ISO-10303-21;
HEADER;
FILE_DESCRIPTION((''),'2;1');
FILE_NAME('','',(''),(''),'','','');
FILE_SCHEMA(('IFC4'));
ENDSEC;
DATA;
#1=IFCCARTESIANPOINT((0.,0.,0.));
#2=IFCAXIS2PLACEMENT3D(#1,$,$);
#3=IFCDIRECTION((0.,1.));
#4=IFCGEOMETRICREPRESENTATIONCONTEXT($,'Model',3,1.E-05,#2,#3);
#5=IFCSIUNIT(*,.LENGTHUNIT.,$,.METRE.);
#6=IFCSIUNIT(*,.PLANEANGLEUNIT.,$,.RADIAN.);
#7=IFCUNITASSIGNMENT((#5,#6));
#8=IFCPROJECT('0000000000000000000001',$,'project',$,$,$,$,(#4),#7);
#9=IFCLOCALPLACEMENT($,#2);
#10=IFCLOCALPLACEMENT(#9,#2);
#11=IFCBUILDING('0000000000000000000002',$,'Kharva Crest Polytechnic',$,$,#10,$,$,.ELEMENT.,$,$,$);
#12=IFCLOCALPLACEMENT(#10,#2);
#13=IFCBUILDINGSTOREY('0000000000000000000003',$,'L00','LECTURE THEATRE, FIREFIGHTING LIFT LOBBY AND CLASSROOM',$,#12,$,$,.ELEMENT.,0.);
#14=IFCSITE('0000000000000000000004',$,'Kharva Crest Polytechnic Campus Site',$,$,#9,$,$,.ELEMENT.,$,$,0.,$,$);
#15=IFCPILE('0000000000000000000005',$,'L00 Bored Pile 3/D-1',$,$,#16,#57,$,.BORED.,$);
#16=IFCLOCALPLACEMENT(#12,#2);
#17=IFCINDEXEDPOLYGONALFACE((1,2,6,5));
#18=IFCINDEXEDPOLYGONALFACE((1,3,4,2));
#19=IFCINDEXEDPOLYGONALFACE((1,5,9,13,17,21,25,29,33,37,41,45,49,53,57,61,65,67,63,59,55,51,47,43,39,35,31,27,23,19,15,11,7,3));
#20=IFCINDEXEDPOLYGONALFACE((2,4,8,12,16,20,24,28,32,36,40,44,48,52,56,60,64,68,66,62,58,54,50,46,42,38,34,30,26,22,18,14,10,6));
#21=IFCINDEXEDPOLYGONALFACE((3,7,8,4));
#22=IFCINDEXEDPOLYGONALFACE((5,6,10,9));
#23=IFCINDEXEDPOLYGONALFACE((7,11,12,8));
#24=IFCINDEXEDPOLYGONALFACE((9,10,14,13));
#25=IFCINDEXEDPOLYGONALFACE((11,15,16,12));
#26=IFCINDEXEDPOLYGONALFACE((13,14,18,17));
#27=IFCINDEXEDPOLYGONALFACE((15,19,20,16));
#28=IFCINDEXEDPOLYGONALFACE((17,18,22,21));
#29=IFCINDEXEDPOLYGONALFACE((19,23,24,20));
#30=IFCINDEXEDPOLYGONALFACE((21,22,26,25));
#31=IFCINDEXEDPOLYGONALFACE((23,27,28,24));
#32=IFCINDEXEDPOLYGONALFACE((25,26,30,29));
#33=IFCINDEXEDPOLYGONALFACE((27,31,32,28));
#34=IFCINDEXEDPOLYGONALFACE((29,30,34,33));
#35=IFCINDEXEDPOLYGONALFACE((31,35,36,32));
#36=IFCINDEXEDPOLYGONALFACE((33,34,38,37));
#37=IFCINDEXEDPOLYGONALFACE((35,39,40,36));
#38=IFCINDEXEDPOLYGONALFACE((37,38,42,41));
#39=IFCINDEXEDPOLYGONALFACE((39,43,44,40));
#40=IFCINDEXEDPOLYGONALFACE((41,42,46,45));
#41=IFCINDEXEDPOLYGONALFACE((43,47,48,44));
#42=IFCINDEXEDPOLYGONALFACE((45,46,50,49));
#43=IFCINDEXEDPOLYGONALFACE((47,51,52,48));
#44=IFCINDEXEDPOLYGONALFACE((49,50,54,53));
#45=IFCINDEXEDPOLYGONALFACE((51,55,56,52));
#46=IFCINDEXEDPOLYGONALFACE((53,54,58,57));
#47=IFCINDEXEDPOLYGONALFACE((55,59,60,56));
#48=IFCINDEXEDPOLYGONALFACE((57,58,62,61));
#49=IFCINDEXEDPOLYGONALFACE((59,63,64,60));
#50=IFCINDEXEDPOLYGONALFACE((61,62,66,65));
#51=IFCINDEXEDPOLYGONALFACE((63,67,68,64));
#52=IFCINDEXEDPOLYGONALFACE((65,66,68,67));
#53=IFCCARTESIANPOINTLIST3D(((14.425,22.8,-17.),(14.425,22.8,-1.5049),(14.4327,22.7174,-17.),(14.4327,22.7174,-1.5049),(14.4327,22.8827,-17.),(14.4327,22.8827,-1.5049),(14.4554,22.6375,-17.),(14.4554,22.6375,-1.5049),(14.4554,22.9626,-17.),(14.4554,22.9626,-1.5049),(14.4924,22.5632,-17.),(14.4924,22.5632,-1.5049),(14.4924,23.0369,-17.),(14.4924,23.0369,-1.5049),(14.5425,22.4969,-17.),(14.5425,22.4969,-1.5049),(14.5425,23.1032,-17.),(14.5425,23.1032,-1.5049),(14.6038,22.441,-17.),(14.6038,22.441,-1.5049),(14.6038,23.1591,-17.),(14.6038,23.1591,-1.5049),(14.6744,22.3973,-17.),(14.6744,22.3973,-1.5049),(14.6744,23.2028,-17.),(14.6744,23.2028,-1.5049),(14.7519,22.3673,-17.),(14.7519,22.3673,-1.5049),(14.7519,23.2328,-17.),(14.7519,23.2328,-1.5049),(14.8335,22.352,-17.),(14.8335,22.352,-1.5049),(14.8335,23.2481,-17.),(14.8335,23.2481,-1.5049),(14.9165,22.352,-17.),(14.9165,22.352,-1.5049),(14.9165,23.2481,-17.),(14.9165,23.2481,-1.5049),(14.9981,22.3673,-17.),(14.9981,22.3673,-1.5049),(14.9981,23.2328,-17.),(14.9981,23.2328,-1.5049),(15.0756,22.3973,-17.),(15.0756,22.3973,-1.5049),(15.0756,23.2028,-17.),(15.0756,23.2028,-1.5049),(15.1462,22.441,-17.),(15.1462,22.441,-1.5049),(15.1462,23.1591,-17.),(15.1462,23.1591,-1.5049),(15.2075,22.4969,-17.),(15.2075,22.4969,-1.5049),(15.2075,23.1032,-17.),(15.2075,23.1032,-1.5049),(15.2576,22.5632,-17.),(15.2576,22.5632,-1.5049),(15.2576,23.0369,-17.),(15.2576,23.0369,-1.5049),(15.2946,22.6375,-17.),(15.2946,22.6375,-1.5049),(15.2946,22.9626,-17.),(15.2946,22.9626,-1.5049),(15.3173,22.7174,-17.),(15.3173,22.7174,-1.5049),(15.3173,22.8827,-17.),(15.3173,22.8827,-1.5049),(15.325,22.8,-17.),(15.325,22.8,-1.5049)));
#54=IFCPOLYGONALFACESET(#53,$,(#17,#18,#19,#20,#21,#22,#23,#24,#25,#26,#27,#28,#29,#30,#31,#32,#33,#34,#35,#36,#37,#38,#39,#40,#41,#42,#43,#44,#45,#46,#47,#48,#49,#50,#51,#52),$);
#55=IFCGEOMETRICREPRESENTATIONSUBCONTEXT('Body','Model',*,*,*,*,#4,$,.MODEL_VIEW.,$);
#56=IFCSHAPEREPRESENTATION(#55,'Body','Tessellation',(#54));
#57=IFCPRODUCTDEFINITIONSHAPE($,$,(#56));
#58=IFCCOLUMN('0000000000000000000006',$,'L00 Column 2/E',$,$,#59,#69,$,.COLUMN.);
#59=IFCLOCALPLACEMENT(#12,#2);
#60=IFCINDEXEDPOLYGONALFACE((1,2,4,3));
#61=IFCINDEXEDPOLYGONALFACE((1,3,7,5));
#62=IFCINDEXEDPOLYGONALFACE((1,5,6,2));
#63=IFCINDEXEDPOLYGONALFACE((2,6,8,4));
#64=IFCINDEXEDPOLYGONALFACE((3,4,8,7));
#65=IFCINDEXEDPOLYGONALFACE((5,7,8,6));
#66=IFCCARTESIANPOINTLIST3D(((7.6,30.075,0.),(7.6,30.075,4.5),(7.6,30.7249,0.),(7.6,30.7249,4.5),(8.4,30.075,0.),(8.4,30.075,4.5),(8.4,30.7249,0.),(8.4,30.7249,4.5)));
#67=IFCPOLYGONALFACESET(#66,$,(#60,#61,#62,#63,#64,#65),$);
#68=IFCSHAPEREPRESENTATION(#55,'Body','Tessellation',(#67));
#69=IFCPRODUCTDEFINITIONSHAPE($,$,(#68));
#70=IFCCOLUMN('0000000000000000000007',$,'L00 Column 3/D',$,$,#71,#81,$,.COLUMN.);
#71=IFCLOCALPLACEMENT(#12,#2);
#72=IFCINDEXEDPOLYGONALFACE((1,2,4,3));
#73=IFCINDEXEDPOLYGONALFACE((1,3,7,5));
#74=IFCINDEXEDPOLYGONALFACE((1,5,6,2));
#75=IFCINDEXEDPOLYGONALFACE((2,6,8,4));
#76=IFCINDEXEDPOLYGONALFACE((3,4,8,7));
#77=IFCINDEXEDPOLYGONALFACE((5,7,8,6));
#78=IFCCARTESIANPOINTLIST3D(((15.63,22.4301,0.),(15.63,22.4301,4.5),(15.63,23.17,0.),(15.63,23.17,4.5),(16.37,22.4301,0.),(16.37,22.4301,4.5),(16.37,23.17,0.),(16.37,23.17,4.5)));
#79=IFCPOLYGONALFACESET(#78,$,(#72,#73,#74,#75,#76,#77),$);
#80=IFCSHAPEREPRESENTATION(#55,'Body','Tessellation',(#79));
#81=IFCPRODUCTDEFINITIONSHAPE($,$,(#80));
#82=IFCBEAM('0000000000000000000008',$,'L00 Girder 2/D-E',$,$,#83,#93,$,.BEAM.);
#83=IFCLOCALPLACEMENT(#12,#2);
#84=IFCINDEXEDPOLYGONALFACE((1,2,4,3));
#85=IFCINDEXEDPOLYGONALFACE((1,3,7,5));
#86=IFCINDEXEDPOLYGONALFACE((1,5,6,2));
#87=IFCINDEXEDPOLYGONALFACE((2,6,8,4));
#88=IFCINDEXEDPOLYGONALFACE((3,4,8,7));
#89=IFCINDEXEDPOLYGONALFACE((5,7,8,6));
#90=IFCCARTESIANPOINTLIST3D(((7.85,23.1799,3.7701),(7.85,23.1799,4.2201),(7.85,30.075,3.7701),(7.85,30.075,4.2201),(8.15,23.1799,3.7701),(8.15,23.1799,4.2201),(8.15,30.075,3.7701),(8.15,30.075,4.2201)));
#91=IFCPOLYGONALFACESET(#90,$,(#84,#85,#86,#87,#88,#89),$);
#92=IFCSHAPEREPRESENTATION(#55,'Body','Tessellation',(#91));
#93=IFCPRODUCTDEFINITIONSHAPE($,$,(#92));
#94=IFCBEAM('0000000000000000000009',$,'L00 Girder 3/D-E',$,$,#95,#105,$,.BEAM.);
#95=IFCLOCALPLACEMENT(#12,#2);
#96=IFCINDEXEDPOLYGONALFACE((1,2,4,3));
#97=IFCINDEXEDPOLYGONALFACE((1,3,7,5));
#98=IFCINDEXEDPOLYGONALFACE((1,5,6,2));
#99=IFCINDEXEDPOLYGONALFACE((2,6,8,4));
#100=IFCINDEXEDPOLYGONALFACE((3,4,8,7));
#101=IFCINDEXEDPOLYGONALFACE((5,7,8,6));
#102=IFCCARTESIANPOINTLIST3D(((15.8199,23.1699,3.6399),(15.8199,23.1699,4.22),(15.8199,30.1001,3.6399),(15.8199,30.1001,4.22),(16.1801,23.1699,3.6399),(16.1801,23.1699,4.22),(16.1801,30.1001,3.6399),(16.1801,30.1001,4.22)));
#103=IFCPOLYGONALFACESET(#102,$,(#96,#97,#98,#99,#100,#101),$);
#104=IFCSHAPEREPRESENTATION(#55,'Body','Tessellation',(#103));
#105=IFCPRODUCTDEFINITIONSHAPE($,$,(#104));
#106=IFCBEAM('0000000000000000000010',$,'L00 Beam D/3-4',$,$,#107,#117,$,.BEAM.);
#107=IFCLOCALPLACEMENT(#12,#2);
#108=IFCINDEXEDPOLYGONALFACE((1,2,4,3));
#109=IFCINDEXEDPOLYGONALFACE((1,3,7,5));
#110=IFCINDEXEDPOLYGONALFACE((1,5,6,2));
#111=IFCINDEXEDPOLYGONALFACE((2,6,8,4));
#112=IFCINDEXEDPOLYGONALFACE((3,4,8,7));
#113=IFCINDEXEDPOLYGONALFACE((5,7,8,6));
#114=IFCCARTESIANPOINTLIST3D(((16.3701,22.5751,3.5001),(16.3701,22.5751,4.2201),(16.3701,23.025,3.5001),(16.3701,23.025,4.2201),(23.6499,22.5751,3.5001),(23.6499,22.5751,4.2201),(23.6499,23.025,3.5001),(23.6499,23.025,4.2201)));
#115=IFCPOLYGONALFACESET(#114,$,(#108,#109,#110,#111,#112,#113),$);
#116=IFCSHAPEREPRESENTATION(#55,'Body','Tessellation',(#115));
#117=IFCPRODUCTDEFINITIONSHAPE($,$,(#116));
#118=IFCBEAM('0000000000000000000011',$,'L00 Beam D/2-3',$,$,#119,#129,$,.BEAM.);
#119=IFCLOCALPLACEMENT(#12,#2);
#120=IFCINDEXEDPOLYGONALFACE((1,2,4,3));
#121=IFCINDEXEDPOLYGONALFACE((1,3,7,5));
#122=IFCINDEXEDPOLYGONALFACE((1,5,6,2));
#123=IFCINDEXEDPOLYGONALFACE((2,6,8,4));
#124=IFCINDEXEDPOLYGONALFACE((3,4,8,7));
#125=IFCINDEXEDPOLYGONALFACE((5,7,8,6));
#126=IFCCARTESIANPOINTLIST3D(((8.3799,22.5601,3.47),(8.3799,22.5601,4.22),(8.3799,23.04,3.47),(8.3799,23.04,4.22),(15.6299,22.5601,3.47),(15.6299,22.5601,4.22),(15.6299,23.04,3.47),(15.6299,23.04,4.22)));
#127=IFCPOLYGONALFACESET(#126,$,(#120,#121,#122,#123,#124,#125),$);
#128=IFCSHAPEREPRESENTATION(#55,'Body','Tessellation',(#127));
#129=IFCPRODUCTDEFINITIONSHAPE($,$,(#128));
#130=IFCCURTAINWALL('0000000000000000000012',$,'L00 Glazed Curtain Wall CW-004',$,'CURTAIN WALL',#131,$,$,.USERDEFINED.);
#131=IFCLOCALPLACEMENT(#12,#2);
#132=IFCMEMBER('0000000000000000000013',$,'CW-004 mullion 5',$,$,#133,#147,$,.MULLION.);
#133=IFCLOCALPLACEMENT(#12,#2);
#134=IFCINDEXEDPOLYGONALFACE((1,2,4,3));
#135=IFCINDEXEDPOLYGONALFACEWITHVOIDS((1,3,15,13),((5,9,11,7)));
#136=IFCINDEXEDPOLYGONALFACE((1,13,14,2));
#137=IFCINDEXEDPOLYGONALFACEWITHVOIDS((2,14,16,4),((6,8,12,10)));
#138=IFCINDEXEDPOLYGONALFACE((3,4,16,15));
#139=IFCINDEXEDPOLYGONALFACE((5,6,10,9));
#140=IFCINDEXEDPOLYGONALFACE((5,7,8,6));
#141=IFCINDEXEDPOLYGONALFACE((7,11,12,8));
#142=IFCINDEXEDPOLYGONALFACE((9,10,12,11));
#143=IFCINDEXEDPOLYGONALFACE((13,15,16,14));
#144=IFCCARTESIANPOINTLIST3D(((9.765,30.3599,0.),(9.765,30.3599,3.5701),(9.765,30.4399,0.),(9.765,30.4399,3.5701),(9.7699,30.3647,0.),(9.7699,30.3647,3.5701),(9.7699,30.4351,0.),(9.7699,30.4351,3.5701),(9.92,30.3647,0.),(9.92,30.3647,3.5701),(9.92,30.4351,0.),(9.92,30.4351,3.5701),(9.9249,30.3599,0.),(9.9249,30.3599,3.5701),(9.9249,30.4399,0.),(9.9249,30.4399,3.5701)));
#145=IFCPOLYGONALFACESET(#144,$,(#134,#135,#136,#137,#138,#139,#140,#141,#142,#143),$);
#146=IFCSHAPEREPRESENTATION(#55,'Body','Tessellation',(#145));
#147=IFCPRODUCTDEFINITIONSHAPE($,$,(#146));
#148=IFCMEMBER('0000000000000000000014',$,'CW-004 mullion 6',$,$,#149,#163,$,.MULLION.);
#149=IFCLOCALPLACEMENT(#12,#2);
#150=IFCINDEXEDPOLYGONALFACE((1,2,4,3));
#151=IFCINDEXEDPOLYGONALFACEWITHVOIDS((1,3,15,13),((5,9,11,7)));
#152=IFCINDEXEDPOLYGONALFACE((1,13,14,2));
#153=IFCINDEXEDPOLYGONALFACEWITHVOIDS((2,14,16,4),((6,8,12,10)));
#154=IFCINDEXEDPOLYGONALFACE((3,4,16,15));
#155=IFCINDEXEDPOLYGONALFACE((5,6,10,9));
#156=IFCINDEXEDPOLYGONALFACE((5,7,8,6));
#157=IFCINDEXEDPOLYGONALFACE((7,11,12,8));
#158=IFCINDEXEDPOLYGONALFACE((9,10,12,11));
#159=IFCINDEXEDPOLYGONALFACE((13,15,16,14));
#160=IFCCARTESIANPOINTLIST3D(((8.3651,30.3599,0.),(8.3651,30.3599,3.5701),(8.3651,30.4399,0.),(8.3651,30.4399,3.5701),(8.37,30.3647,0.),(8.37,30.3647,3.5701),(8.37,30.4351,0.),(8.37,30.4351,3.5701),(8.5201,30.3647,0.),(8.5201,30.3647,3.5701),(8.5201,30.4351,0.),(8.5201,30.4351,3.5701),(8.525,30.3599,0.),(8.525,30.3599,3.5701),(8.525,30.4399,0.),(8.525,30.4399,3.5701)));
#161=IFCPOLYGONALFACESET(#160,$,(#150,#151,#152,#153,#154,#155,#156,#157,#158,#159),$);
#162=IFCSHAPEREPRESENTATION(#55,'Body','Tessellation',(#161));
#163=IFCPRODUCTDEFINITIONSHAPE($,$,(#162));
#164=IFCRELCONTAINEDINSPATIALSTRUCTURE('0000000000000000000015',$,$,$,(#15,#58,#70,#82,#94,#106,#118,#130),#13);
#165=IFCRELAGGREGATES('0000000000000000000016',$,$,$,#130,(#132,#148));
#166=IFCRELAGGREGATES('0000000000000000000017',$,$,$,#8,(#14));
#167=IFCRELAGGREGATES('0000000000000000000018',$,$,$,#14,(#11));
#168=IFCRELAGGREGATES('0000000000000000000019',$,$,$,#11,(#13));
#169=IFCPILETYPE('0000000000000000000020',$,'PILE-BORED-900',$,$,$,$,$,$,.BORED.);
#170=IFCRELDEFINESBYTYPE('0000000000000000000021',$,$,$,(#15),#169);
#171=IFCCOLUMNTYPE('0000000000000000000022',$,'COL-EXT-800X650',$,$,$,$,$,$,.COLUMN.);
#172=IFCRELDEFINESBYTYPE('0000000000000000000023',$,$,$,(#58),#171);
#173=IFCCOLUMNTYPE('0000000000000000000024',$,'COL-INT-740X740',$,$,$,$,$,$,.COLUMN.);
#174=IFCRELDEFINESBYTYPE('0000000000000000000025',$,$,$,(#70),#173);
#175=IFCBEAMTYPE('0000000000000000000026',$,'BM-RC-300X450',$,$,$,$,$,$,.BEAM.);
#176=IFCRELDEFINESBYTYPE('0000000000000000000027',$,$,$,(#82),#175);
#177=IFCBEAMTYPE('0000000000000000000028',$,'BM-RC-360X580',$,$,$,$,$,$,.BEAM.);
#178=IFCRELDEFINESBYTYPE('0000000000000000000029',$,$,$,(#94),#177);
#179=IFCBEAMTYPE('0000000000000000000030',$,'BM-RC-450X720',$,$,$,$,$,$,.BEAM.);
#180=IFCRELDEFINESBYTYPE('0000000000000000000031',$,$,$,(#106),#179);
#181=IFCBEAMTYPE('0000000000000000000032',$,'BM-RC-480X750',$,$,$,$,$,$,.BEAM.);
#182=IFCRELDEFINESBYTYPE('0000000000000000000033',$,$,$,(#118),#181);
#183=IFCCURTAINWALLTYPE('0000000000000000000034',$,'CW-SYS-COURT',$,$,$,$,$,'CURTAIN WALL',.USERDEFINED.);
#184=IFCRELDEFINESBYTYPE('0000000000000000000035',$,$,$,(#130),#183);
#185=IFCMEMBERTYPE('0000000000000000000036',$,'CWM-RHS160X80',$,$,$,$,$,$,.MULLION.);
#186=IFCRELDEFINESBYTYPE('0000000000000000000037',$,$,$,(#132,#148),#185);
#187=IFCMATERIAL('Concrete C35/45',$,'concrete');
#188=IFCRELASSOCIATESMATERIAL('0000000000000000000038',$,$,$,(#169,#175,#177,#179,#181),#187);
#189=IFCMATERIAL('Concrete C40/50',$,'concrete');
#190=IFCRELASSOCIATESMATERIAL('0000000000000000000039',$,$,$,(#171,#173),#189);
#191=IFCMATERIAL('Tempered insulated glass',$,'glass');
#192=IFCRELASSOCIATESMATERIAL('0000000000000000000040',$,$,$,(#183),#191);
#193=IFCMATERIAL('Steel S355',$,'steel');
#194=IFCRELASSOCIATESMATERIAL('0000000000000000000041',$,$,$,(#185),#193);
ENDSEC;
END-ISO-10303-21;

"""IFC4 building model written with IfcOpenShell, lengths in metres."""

from ifc_helpers import new_model, si_unit, direction, frame, origin, origin_2d, place, context, subcontext, project, spatial, rectangle, hollow_rectangle, circle, extrude, material, material_profile, profile_set, type_object, element, aggregate, save


model = new_model("IFC4")

# Units and contexts
model_context = context("Model", 3, precision=1e-05, world=origin(), true_north=direction((0.0, 1.0)))
body_context = subcontext(model_context, "Body", "Model", "MODEL_VIEW")
ifc_project = project(units=[si_unit("LENGTHUNIT", "METRE"), si_unit("PLANEANGLEUNIT", "RADIAN")], contexts=[model_context])

# Site, building, storey
site_placement = place(None, origin())
site = spatial("IfcSite", under=ifc_project, at=site_placement, Name="Kharva Crest Polytechnic Campus Site", CompositionType="ELEMENT", RefElevation=0.0)
building_placement = place(site_placement, origin())
building = spatial("IfcBuilding", under=site, at=building_placement, Name="Kharva Crest Polytechnic", CompositionType="ELEMENT")
storey_placement = place(building_placement, origin())
storey = spatial("IfcBuildingStorey", under=building, at=storey_placement, Name="L00", Description="LECTURE THEATRE, FIREFIGHTING LIFT LOBBY AND CLASSROOM", CompositionType="ELEMENT", Elevation=0.0)

# Shared definitions
ifc_material_1 = material(Name="Concrete C35/45", Category="concrete")

# Pile
ifc_material_profile_1 = material_profile(ifc_material_1, circle(Radius=0.45, at=origin_2d()), Name="DIA 900")
ifc_profile_set_1 = profile_set([ifc_material_profile_1], Name="Concrete C35/45")
pile_type_1 = type_object("IfcPileType", Name="PILE-BORED-900", PredefinedType="BORED", material=ifc_profile_set_1)
for number, where, z_axis, x_axis, name in (
    (1, (14.875, 22.8, -1.5049), (0.0, 0.0, -1.0), (1.0, 0.0, 0.0), "L00 Bored Pile 3/D-1"),
):
    element("IfcPile", number, at=place(storey_placement, frame(where, z_axis=z_axis, x_axis=x_axis)), inside=storey, type_object=pile_type_1, Name=name, PredefinedType="BORED", context=body_context, shape_type="SweptSolid", body=[
        extrude(circle(Radius=0.45, at=origin_2d()), origin(), (0.0, 0.0, 1.0), 15.4951),
    ])

# Columns
ifc_material_2 = material(Name="Concrete C40/50", Category="concrete")
ifc_material_profile_2 = material_profile(ifc_material_2, rectangle(XDim=0.8, YDim=0.6499, at=origin_2d()), Name="RECT 800 X 650")
ifc_profile_set_2 = profile_set([ifc_material_profile_2], Name="Concrete C40/50")
column_type_1 = type_object("IfcColumnType", Name="COL-EXT-800X650", PredefinedType="COLUMN", material=ifc_profile_set_2)
column_1_placement = place(storey_placement, frame((8.0, 30.3999, 0.0), z_axis=(0.0, 0.0, 1.0), x_axis=(1.0, 0.0, 0.0)))
element("IfcColumn", 2, at=column_1_placement, inside=storey, type_object=column_type_1, Name="L00 Column 2/E", PredefinedType="COLUMN", context=body_context, shape_type="SweptSolid", body=[
    extrude(rectangle(XDim=0.8, YDim=0.6499, at=origin_2d()), origin(), (0.0, 0.0, 1.0), 4.5),
])
ifc_material_profile_3 = material_profile(ifc_material_2, rectangle(XDim=0.74, YDim=0.74, at=origin_2d()), Name="RECT 740 X 740")
ifc_profile_set_3 = profile_set([ifc_material_profile_3], Name="Concrete C40/50")
column_type_2 = type_object("IfcColumnType", Name="COL-INT-740X740", PredefinedType="COLUMN", material=ifc_profile_set_3)
column_2_placement = place(storey_placement, frame((16.0, 22.8, 0.0), z_axis=(0.0, 0.0, 1.0), x_axis=(1.0, 0.0, 0.0)))
element("IfcColumn", 3, at=column_2_placement, inside=storey, type_object=column_type_2, Name="L00 Column 3/D", PredefinedType="COLUMN", context=body_context, shape_type="SweptSolid", body=[
    extrude(rectangle(XDim=0.74, YDim=0.74, at=origin_2d()), origin(), (0.0, 0.0, 1.0), 4.5),
])

# Beams
ifc_material_profile_4 = material_profile(ifc_material_1, rectangle(XDim=0.3, YDim=0.45, at=origin_2d()), Name="RECT 300 X 450")
ifc_profile_set_4 = profile_set([ifc_material_profile_4], Name="Concrete C35/45")
beam_type_1 = type_object("IfcBeamType", Name="BM-RC-300X450", PredefinedType="BEAM", material=ifc_profile_set_4)
beam_1_placement = place(storey_placement, frame((8.0, 23.1799, 3.9951), z_axis=(0.0, 1.0, 0.0), x_axis=(-1.0, 0.0, 0.0)))
element("IfcBeam", 4, at=beam_1_placement, inside=storey, type_object=beam_type_1, Name="L00 Girder 2/D-E", PredefinedType="BEAM", context=body_context, shape_type="SweptSolid", body=[
    extrude(rectangle(XDim=0.3, YDim=0.45, at=origin_2d()), origin(), (0.0, 0.0, 1.0), 6.895),
])
ifc_material_profile_5 = material_profile(ifc_material_1, rectangle(XDim=0.3601, YDim=0.5801, at=origin_2d()), Name="RECT 360 X 580")
ifc_profile_set_5 = profile_set([ifc_material_profile_5], Name="Concrete C35/45")
beam_type_2 = type_object("IfcBeamType", Name="BM-RC-360X580", PredefinedType="BEAM", material=ifc_profile_set_5)
beam_2_placement = place(storey_placement, frame((16.0, 23.1699, 3.9299), z_axis=(0.0, 1.0, 0.0), x_axis=(-1.0, 0.0, 0.0)))
element("IfcBeam", 5, at=beam_2_placement, inside=storey, type_object=beam_type_2, Name="L00 Girder 3/D-E", PredefinedType="BEAM", context=body_context, shape_type="SweptSolid", body=[
    extrude(rectangle(XDim=0.3601, YDim=0.5801, at=origin_2d()), origin(), (0.0, 0.0, 1.0), 6.9302),
])
ifc_material_profile_6 = material_profile(ifc_material_1, rectangle(XDim=0.45, YDim=0.72, at=origin_2d()), Name="RECT 450 X 720")
ifc_profile_set_6 = profile_set([ifc_material_profile_6], Name="Concrete C35/45")
beam_type_3 = type_object("IfcBeamType", Name="BM-RC-450X720", PredefinedType="BEAM", material=ifc_profile_set_6)
beam_3_placement = place(storey_placement, frame((16.3701, 22.8, 3.8601), z_axis=(1.0, 0.0, 0.0), x_axis=(0.0, 1.0, 0.0)))
element("IfcBeam", 6, at=beam_3_placement, inside=storey, type_object=beam_type_3, Name="L00 Beam D/3-4", PredefinedType="BEAM", context=body_context, shape_type="SweptSolid", body=[
    extrude(rectangle(XDim=0.45, YDim=0.72, at=origin_2d()), origin(), (0.0, 0.0, 1.0), 7.2798),
])
ifc_material_profile_7 = material_profile(ifc_material_1, rectangle(XDim=0.48, YDim=0.75, at=origin_2d()), Name="RECT 480 X 750")
ifc_profile_set_7 = profile_set([ifc_material_profile_7], Name="Concrete C35/45")
beam_type_4 = type_object("IfcBeamType", Name="BM-RC-480X750", PredefinedType="BEAM", material=ifc_profile_set_7)
beam_4_placement = place(storey_placement, frame((8.3799, 22.8, 3.845), z_axis=(1.0, 0.0, 0.0), x_axis=(0.0, 1.0, 0.0)))
element("IfcBeam", 7, at=beam_4_placement, inside=storey, type_object=beam_type_4, Name="L00 Beam D/2-3", PredefinedType="BEAM", context=body_context, shape_type="SweptSolid", body=[
    extrude(rectangle(XDim=0.48, YDim=0.75, at=origin_2d()), origin(), (0.0, 0.0, 1.0), 7.25),
])

# Curtain wall, members
ifc_material_3 = material(Name="Tempered insulated glass", Category="glass")
curtain_wall_type = type_object("IfcCurtainWallType", Name="CW-SYS-COURT", ElementType="CURTAIN WALL", PredefinedType="USERDEFINED", material=ifc_material_3)
curtain_wall_placement = place(storey_placement, origin())
curtain_wall = element("IfcCurtainWall", 8, at=curtain_wall_placement, inside=storey, type_object=curtain_wall_type, Name="L00 Glazed Curtain Wall CW-004", ObjectType="CURTAIN WALL", PredefinedType="USERDEFINED")
ifc_material_4 = material(Name="Steel S355", Category="steel")
ifc_material_profile_8 = material_profile(ifc_material_4, hollow_rectangle(XDim=0.0801, YDim=0.1599, WallThickness=0.0049, at=origin_2d()), Name="RHS 160X80X5.0")
ifc_profile_set_8 = profile_set([ifc_material_profile_8], Name="Steel S355")
member_type_1 = type_object("IfcMemberType", Name="CWM-RHS160X80", PredefinedType="MULLION", material=ifc_profile_set_8)
member_1_placement = place(storey_placement, frame((9.845, 30.3999, 0.0), z_axis=(0.0, 0.0, 1.0), x_axis=(0.0, -1.0, 0.0)))
member_1 = element("IfcMember", 9, at=member_1_placement, type_object=member_type_1, Name="CW-004 mullion 5", PredefinedType="MULLION", context=body_context, shape_type="SweptSolid", body=[
    extrude(hollow_rectangle(XDim=0.0801, YDim=0.1599, WallThickness=0.0049, at=origin_2d()), origin(), (0.0, 0.0, 1.0), 3.5701),
])
member_2_placement = place(storey_placement, frame((8.4451, 30.3999, 0.0), z_axis=(0.0, 0.0, 1.0), x_axis=(0.0, -1.0, 0.0)))
member_2 = element("IfcMember", 10, at=member_2_placement, type_object=member_type_1, Name="CW-004 mullion 6", PredefinedType="MULLION", context=body_context, shape_type="SweptSolid", body=[
    extrude(hollow_rectangle(XDim=0.0801, YDim=0.1599, WallThickness=0.0049, at=origin_2d()), origin(), (0.0, 0.0, 1.0), 3.5701),
])

aggregate(curtain_wall, [member_1, member_2])

save(model, "model.ifc")
